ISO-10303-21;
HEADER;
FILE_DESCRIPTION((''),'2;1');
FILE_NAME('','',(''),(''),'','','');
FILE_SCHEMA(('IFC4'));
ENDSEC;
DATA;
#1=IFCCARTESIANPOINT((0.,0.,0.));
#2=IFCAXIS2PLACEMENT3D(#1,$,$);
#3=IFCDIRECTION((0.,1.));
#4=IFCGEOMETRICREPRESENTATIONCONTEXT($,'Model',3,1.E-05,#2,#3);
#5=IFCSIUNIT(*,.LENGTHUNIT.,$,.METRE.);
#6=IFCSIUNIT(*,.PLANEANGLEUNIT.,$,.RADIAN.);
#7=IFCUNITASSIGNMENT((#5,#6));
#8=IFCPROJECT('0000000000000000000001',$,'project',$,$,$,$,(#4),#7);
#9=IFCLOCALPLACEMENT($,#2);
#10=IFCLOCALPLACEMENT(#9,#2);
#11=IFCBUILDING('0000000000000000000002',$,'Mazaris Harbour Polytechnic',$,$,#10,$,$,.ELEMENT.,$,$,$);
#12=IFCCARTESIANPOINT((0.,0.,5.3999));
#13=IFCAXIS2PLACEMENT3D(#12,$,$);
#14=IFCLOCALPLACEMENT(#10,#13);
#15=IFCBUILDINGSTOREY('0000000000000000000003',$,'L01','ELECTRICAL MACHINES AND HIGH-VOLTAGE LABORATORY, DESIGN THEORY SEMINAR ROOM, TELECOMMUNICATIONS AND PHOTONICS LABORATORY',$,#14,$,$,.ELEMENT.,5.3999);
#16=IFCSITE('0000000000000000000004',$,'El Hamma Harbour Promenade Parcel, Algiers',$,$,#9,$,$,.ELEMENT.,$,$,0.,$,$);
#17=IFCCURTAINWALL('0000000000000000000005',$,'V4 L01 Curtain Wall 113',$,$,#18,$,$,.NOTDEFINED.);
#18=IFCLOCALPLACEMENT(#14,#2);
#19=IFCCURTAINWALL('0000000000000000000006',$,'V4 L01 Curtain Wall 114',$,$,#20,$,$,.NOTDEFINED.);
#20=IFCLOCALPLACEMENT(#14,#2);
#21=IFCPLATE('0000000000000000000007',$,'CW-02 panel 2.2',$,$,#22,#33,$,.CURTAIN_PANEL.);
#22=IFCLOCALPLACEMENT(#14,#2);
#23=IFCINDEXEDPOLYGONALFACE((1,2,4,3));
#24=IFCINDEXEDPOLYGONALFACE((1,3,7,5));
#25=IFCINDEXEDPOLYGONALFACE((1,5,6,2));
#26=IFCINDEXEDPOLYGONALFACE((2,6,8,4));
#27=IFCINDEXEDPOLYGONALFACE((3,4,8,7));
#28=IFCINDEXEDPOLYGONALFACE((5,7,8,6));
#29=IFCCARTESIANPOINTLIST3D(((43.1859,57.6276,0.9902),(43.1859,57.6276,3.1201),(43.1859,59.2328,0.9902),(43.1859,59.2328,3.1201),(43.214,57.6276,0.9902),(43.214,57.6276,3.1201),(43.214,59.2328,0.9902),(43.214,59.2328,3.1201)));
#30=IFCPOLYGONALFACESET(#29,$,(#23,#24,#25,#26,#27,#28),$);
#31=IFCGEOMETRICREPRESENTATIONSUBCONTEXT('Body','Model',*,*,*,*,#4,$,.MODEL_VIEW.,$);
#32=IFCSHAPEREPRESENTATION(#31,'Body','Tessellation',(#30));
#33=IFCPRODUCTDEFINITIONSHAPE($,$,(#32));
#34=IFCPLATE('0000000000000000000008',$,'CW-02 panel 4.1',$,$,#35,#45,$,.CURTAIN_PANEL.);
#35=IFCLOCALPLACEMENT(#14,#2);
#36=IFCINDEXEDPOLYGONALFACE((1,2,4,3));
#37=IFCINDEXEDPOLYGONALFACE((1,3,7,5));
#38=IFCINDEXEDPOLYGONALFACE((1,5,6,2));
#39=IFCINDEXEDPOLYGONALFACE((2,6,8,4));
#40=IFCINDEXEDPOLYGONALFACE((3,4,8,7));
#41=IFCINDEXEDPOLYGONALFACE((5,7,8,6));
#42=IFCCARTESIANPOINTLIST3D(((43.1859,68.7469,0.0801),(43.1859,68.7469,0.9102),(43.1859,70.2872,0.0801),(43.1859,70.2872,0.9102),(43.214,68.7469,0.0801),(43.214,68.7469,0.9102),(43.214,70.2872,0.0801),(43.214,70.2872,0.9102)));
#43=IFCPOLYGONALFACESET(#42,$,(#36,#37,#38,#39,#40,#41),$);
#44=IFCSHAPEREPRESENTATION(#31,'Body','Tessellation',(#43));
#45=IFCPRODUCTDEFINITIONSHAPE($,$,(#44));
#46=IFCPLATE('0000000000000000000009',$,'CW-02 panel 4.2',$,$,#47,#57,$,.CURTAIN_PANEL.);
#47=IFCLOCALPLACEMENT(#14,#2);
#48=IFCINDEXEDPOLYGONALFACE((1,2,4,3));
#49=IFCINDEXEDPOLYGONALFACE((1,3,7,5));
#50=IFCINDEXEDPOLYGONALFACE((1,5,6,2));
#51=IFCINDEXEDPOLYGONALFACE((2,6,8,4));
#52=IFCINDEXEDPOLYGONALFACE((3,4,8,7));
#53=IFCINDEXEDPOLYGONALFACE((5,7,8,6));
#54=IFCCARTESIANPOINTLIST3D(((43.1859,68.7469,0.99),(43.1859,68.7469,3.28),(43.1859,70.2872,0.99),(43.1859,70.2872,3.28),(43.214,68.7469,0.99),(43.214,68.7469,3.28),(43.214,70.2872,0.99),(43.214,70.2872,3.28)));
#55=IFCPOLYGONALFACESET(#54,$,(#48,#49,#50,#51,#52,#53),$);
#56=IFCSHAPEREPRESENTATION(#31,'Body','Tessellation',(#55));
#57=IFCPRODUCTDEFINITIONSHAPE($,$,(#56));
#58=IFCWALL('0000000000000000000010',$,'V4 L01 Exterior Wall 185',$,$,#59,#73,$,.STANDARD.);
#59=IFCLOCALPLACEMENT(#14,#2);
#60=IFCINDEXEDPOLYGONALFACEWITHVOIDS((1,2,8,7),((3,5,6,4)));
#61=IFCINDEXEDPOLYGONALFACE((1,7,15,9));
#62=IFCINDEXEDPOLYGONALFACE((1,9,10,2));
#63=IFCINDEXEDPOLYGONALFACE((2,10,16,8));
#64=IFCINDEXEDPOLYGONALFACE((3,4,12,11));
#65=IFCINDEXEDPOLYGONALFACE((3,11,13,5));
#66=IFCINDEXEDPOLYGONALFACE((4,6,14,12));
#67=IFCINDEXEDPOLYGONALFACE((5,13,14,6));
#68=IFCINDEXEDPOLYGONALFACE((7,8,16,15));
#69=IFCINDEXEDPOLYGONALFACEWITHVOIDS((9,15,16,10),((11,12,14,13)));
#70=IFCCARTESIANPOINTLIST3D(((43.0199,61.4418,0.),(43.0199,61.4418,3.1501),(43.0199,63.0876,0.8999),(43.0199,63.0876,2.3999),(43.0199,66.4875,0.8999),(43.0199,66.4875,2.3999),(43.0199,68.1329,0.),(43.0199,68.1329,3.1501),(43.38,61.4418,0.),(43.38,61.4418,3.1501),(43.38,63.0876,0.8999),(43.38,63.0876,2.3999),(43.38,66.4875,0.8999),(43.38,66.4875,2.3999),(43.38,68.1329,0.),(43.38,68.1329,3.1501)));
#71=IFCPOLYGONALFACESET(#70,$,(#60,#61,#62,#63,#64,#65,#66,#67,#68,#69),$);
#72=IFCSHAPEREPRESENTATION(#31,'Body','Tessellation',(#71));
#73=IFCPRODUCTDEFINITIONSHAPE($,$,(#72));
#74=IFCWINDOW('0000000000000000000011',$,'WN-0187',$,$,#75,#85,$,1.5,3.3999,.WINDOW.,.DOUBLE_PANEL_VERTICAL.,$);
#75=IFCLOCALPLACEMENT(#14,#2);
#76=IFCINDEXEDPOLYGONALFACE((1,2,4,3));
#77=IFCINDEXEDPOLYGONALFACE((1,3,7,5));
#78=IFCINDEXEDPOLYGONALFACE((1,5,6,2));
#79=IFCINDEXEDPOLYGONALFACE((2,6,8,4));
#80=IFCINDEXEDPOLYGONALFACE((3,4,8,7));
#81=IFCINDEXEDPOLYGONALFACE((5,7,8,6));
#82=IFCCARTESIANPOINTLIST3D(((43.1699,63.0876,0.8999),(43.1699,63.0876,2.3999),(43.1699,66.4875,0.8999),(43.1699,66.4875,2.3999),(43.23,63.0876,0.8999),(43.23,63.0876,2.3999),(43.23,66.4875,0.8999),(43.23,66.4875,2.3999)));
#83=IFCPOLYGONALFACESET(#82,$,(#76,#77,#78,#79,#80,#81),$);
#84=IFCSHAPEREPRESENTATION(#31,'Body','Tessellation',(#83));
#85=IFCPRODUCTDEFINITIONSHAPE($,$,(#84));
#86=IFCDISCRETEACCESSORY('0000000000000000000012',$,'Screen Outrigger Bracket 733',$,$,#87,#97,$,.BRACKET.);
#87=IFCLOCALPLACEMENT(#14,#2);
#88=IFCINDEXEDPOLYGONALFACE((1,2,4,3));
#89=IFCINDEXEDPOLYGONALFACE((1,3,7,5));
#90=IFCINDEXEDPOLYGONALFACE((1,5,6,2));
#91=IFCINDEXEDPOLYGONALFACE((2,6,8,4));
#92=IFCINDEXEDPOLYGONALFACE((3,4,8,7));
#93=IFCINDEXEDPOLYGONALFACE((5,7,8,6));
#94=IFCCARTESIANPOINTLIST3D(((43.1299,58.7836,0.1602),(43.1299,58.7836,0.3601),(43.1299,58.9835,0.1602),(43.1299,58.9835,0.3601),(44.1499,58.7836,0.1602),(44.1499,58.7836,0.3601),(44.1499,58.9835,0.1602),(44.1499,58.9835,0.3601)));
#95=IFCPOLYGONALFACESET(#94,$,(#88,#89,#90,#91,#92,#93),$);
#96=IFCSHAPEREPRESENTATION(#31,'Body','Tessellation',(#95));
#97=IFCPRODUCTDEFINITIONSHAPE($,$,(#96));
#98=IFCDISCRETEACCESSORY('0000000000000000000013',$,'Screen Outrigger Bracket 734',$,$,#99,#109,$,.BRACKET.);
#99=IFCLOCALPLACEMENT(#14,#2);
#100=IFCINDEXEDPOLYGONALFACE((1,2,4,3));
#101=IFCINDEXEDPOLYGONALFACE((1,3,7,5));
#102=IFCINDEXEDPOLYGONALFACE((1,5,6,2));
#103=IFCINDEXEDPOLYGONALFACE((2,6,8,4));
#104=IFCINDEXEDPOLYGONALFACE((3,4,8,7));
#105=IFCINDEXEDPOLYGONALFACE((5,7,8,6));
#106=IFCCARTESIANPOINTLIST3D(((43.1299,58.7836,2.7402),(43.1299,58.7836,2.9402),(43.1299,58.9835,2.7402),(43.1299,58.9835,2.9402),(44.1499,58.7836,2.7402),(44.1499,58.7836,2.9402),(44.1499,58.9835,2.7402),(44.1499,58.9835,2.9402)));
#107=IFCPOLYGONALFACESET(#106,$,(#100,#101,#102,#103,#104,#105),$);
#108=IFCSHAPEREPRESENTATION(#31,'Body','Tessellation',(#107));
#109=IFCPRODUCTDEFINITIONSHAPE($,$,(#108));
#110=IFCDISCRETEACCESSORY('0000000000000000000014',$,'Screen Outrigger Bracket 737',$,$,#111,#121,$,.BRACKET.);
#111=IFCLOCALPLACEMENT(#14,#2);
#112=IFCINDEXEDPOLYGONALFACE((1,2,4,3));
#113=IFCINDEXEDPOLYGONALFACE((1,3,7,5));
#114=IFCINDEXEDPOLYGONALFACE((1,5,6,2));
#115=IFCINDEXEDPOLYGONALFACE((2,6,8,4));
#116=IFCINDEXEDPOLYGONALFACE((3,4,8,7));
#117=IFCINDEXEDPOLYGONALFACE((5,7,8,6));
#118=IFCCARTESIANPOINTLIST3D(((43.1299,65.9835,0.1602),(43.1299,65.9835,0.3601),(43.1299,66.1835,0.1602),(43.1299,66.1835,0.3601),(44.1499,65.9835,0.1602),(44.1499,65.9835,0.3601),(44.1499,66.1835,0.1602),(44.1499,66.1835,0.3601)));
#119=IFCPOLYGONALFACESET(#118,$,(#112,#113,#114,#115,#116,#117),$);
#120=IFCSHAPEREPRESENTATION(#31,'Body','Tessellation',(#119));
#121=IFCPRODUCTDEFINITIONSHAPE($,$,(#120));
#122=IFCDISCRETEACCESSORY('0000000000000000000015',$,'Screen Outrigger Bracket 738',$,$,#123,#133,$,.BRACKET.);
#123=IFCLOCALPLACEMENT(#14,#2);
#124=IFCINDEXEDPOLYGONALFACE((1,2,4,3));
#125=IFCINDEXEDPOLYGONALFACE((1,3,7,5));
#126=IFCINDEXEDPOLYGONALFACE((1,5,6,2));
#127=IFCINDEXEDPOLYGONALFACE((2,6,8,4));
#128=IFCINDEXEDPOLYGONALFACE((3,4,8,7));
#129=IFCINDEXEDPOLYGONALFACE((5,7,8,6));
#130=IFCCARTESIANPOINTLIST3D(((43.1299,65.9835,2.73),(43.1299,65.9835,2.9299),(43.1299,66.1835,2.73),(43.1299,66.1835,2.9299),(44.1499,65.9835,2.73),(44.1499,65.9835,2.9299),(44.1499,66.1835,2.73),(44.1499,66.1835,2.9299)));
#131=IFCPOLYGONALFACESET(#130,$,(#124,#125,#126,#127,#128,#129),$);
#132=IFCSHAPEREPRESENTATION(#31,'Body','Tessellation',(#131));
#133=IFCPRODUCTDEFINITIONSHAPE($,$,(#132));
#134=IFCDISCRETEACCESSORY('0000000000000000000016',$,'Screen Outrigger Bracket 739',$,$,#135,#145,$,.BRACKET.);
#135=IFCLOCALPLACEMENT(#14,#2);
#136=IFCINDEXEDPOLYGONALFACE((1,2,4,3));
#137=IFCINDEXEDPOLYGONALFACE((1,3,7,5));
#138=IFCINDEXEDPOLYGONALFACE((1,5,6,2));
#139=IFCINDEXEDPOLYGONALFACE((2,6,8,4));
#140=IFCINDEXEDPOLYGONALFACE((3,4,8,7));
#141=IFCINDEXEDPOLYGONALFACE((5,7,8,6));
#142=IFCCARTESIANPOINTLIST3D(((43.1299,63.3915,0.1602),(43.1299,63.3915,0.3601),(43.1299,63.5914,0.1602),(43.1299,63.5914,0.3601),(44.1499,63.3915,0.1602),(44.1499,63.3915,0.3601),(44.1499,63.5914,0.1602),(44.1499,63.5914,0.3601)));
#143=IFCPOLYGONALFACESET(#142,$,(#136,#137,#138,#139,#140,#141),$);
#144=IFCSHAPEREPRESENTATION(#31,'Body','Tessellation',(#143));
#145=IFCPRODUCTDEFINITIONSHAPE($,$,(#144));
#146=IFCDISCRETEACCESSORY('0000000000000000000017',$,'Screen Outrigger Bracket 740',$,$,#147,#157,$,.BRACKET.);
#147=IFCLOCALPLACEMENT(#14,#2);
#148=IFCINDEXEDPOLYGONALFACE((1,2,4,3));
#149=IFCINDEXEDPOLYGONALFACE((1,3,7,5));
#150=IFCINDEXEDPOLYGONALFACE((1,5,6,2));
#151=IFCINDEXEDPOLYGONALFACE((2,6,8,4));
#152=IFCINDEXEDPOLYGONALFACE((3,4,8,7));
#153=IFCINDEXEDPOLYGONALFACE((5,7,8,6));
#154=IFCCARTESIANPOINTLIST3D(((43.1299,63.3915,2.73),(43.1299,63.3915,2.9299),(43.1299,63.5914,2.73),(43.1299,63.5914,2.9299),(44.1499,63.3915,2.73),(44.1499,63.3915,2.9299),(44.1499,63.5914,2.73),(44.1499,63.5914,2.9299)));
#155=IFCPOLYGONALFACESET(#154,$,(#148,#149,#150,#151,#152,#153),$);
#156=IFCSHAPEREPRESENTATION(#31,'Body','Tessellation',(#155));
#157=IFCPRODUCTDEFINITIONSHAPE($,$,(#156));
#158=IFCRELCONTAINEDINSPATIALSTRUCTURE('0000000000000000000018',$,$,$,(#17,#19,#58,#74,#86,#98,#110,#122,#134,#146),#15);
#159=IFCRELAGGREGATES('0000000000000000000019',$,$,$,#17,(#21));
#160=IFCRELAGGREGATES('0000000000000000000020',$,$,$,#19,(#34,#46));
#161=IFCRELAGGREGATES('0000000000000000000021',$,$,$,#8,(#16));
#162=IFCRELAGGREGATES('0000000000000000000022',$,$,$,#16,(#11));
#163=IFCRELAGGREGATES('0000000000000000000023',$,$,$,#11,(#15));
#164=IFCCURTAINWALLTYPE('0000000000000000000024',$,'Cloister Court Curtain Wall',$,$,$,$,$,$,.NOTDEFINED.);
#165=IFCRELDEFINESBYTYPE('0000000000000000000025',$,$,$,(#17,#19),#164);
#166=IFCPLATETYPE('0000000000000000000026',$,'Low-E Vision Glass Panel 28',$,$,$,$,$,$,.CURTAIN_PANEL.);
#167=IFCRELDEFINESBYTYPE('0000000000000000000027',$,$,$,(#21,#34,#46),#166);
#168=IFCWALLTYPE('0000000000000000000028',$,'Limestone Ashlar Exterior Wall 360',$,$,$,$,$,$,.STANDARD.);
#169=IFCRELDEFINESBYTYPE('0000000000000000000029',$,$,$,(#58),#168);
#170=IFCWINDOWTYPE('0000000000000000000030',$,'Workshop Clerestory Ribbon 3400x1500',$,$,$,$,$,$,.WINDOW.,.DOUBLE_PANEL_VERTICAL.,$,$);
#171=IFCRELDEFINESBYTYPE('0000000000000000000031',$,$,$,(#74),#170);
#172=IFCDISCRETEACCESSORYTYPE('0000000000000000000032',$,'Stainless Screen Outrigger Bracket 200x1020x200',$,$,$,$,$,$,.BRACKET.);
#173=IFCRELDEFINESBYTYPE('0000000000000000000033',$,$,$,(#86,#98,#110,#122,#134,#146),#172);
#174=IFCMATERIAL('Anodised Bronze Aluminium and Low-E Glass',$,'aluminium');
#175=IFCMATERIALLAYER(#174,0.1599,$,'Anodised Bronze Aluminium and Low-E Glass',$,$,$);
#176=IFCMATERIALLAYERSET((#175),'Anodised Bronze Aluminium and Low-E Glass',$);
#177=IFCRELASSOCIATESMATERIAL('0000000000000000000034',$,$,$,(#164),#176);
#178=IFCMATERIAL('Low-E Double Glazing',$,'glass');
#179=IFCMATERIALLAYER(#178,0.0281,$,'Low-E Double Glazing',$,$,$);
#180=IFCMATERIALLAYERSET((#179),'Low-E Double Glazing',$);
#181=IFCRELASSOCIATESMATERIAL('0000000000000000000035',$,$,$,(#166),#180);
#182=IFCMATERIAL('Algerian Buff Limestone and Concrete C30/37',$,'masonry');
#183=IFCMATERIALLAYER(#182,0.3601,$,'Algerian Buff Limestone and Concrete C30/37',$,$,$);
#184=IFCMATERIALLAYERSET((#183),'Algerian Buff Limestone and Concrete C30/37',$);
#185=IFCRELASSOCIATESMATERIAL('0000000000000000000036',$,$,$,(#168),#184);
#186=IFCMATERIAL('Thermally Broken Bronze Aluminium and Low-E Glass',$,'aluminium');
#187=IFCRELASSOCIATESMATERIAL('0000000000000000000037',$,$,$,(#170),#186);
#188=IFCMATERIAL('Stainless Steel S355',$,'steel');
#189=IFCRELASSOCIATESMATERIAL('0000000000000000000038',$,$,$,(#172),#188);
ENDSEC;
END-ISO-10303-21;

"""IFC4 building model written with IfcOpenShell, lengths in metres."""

from ifc_helpers import new_model, si_unit, direction, frame, frame_2d, origin, origin_2d, place, context, subcontext, project, spatial, rectangle, extrude, material, layer, layer_set, type_object, element, fill, aggregate, save


model = new_model("IFC4")

# Units and contexts
model_context = context("Model", 3, precision=1e-05, world=origin(), true_north=direction((0.0, 1.0)))
body_context = subcontext(model_context, "Body", "Model", "MODEL_VIEW")
ifc_project = project(units=[si_unit("LENGTHUNIT", "METRE"), si_unit("PLANEANGLEUNIT", "RADIAN")], contexts=[model_context])

# Site, building, storey
site_placement = place(None, origin())
site = spatial("IfcSite", under=ifc_project, at=site_placement, Name="El Hamma Harbour Promenade Parcel, Algiers", CompositionType="ELEMENT", RefElevation=0.0)
building_placement = place(site_placement, origin())
building = spatial("IfcBuilding", under=site, at=building_placement, Name="Mazaris Harbour Polytechnic", CompositionType="ELEMENT")
storey_placement = place(building_placement, frame((0.0, 0.0, 5.3999)))
storey = spatial("IfcBuildingStorey", under=building, at=storey_placement, Name="L01", Description="ELECTRICAL MACHINES AND HIGH-VOLTAGE LABORATORY, DESIGN THEORY SEMINAR ROOM, TELECOMMUNICATIONS AND PHOTONICS LABORATORY", CompositionType="ELEMENT", Elevation=5.3999)

# Curtain wall
ifc_material_1 = material(Name="Anodised Bronze Aluminium and Low-E Glass", Category="aluminium")
ifc_layer_1 = layer(ifc_material_1, 0.1599, Name="Anodised Bronze Aluminium and Low-E Glass")
ifc_layer_set_1 = layer_set([ifc_layer_1], Name="Anodised Bronze Aluminium and Low-E Glass")
curtain_wall_type = type_object("IfcCurtainWallType", Name="Cloister Court Curtain Wall", PredefinedType="NOTDEFINED", material=ifc_layer_set_1)
curtain_wall_1_placement = place(storey_placement, origin())
curtain_wall_1 = element("IfcCurtainWall", 1, at=curtain_wall_1_placement, inside=storey, type_object=curtain_wall_type, Name="V4 L01 Curtain Wall 113", PredefinedType="NOTDEFINED")

# Curtain wall
curtain_wall_2_placement = place(storey_placement, origin())
curtain_wall_2 = element("IfcCurtainWall", 2, at=curtain_wall_2_placement, inside=storey, type_object=curtain_wall_type, Name="V4 L01 Curtain Wall 114", PredefinedType="NOTDEFINED")

# Plates
ifc_material_2 = material(Name="Low-E Double Glazing", Category="glass")
ifc_layer_2 = layer(ifc_material_2, 0.0281, Name="Low-E Double Glazing")
ifc_layer_set_2 = layer_set([ifc_layer_2], Name="Low-E Double Glazing")
plate_type = type_object("IfcPlateType", Name="Low-E Vision Glass Panel 28", PredefinedType="CURTAIN_PANEL", material=ifc_layer_set_2)
plate_1_placement = place(storey_placement, frame((43.2, 58.4302, 0.9902), z_axis=(0.0, 0.0, 1.0), x_axis=(0.0, -1.0, 0.0)))
plate_1 = element("IfcPlate", 3, at=plate_1_placement, type_object=plate_type, Name="CW-02 panel 2.2", PredefinedType="CURTAIN_PANEL", context=body_context, shape_type="SweptSolid", body=[
    extrude(rectangle(XDim=1.6052, YDim=0.0281, at=origin_2d()), origin(), (0.0, 0.0, 1.0), 2.1299),
])
aggregate(curtain_wall_1, [plate_1])
plate_2_placement = place(storey_placement, frame((43.2, 69.5171, 0.0801), z_axis=(0.0, 0.0, 1.0), x_axis=(0.0, -1.0, 0.0)))
plate_2 = element("IfcPlate", 4, at=plate_2_placement, type_object=plate_type, Name="CW-02 panel 4.1", PredefinedType="CURTAIN_PANEL", context=body_context, shape_type="SweptSolid", body=[
    extrude(rectangle(XDim=1.5403, YDim=0.0281, at=origin_2d()), origin(), (0.0, 0.0, 1.0), 0.8301),
])
plate_3_placement = place(storey_placement, frame((43.2, 69.5171, 0.99), z_axis=(0.0, 0.0, 1.0), x_axis=(0.0, -1.0, 0.0)))
plate_3 = element("IfcPlate", 5, at=plate_3_placement, type_object=plate_type, Name="CW-02 panel 4.2", PredefinedType="CURTAIN_PANEL", context=body_context, shape_type="SweptSolid", body=[
    extrude(rectangle(XDim=1.5403, YDim=0.0281, at=origin_2d()), origin(), (0.0, 0.0, 1.0), 2.29),
])
aggregate(curtain_wall_2, [plate_2, plate_3])

# Wall, opening, window
ifc_material_3 = material(Name="Algerian Buff Limestone and Concrete C30/37", Category="masonry")
ifc_layer_3 = layer(ifc_material_3, 0.3601, Name="Algerian Buff Limestone and Concrete C30/37")
ifc_layer_set_3 = layer_set([ifc_layer_3], Name="Algerian Buff Limestone and Concrete C30/37")
wall_type = type_object("IfcWallType", Name="Limestone Ashlar Exterior Wall 360", PredefinedType="STANDARD", material=ifc_layer_set_3)
wall_placement = place(storey_placement, frame((43.2, 68.1331, 0.0), z_axis=(0.0, 0.0, 1.0), x_axis=(0.0, -1.0, 0.0)))
wall = element("IfcWall", 6, at=wall_placement, inside=storey, type_object=wall_type, Name="V4 L01 Exterior Wall 185", PredefinedType="STANDARD", context=body_context, shape_type="SweptSolid", body=[
    extrude(rectangle(XDim=6.6912, YDim=0.3601, at=frame_2d((3.3457, 0.0))), origin(), (0.0, 0.0, 1.0), 3.1501),
])
opening_placement = place(wall_placement, frame((1.6455, 0.0, 0.8999)))
opening = element("IfcOpeningElement", 7, at=opening_placement, cuts=wall, PredefinedType="OPENING", context=body_context, shape_type="SweptSolid", body=[
    extrude(rectangle(XDim=3.3999, YDim=1.5, at=frame_2d((1.7, 0.75))), frame((0.0, 0.1899, 0.0), z_axis=(0.0, -1.0, 0.0), x_axis=(1.0, 0.0, 0.0)), (0.0, 0.0, 1.0), 0.3801),
])
ifc_material_4 = material(Name="Thermally Broken Bronze Aluminium and Low-E Glass", Category="aluminium")
window_type = type_object("IfcWindowType", Name="Workshop Clerestory Ribbon 3400x1500", PartitioningType="DOUBLE_PANEL_VERTICAL", PredefinedType="WINDOW", material=ifc_material_4)
window_placement = place(opening_placement, origin())
window = element("IfcWindow", 8, at=window_placement, inside=storey, type_object=window_type, Name="WN-0187", OverallHeight=1.5, OverallWidth=3.3999, PartitioningType="DOUBLE_PANEL_VERTICAL", PredefinedType="WINDOW", context=body_context, shape_type="SweptSolid", body=[
    extrude(rectangle(XDim=3.3999, YDim=1.5, at=frame_2d((1.7, 0.75))), frame((0.0, 0.03, 0.0), z_axis=(0.0, -1.0, 0.0), x_axis=(1.0, 0.0, 0.0)), (0.0, 0.0, 1.0), 0.0601),
])
fill(opening, window)

# Discrete accessories
ifc_material_5 = material(Name="Stainless Steel S355", Category="steel")
discrete_accessory_type = type_object("IfcDiscreteAccessoryType", Name="Stainless Screen Outrigger Bracket 200x1020x200", PredefinedType="BRACKET", material=ifc_material_5)
for number, where, z_axis, x_axis, name in (
    (9, (43.6399, 58.8835, 0.1602), (0.0, 0.0, 1.0), (0.0, -1.0, 0.0), "Screen Outrigger Bracket 733"),
    (10, (43.6399, 58.8835, 2.7402), (0.0, 0.0, 1.0), (0.0, -1.0, 0.0), "Screen Outrigger Bracket 734"),
    (11, (43.6399, 66.0835, 0.1602), (0.0, 0.0, 1.0), (0.0, -1.0, 0.0), "Screen Outrigger Bracket 737"),
    (12, (43.6399, 66.0835, 2.73), (0.0, 0.0, 1.0), (0.0, -1.0, 0.0), "Screen Outrigger Bracket 738"),
    (13, (43.6399, 63.4915, 0.1602), (0.0, 0.0, 1.0), (0.0, -1.0, 0.0), "Screen Outrigger Bracket 739"),
    (14, (43.6399, 63.4915, 2.73), (0.0, 0.0, 1.0), (0.0, -1.0, 0.0), "Screen Outrigger Bracket 740"),
):
    element("IfcDiscreteAccessory", number, at=place(storey_placement, frame(where, z_axis=z_axis, x_axis=x_axis)), inside=storey, type_object=discrete_accessory_type, Name=name, PredefinedType="BRACKET", context=body_context, shape_type="SweptSolid", body=[
        extrude(rectangle(XDim=0.2, YDim=1.02, at=origin_2d()), origin(), (0.0, 0.0, 1.0), 0.2),
    ])

save(model, "model.ifc")
